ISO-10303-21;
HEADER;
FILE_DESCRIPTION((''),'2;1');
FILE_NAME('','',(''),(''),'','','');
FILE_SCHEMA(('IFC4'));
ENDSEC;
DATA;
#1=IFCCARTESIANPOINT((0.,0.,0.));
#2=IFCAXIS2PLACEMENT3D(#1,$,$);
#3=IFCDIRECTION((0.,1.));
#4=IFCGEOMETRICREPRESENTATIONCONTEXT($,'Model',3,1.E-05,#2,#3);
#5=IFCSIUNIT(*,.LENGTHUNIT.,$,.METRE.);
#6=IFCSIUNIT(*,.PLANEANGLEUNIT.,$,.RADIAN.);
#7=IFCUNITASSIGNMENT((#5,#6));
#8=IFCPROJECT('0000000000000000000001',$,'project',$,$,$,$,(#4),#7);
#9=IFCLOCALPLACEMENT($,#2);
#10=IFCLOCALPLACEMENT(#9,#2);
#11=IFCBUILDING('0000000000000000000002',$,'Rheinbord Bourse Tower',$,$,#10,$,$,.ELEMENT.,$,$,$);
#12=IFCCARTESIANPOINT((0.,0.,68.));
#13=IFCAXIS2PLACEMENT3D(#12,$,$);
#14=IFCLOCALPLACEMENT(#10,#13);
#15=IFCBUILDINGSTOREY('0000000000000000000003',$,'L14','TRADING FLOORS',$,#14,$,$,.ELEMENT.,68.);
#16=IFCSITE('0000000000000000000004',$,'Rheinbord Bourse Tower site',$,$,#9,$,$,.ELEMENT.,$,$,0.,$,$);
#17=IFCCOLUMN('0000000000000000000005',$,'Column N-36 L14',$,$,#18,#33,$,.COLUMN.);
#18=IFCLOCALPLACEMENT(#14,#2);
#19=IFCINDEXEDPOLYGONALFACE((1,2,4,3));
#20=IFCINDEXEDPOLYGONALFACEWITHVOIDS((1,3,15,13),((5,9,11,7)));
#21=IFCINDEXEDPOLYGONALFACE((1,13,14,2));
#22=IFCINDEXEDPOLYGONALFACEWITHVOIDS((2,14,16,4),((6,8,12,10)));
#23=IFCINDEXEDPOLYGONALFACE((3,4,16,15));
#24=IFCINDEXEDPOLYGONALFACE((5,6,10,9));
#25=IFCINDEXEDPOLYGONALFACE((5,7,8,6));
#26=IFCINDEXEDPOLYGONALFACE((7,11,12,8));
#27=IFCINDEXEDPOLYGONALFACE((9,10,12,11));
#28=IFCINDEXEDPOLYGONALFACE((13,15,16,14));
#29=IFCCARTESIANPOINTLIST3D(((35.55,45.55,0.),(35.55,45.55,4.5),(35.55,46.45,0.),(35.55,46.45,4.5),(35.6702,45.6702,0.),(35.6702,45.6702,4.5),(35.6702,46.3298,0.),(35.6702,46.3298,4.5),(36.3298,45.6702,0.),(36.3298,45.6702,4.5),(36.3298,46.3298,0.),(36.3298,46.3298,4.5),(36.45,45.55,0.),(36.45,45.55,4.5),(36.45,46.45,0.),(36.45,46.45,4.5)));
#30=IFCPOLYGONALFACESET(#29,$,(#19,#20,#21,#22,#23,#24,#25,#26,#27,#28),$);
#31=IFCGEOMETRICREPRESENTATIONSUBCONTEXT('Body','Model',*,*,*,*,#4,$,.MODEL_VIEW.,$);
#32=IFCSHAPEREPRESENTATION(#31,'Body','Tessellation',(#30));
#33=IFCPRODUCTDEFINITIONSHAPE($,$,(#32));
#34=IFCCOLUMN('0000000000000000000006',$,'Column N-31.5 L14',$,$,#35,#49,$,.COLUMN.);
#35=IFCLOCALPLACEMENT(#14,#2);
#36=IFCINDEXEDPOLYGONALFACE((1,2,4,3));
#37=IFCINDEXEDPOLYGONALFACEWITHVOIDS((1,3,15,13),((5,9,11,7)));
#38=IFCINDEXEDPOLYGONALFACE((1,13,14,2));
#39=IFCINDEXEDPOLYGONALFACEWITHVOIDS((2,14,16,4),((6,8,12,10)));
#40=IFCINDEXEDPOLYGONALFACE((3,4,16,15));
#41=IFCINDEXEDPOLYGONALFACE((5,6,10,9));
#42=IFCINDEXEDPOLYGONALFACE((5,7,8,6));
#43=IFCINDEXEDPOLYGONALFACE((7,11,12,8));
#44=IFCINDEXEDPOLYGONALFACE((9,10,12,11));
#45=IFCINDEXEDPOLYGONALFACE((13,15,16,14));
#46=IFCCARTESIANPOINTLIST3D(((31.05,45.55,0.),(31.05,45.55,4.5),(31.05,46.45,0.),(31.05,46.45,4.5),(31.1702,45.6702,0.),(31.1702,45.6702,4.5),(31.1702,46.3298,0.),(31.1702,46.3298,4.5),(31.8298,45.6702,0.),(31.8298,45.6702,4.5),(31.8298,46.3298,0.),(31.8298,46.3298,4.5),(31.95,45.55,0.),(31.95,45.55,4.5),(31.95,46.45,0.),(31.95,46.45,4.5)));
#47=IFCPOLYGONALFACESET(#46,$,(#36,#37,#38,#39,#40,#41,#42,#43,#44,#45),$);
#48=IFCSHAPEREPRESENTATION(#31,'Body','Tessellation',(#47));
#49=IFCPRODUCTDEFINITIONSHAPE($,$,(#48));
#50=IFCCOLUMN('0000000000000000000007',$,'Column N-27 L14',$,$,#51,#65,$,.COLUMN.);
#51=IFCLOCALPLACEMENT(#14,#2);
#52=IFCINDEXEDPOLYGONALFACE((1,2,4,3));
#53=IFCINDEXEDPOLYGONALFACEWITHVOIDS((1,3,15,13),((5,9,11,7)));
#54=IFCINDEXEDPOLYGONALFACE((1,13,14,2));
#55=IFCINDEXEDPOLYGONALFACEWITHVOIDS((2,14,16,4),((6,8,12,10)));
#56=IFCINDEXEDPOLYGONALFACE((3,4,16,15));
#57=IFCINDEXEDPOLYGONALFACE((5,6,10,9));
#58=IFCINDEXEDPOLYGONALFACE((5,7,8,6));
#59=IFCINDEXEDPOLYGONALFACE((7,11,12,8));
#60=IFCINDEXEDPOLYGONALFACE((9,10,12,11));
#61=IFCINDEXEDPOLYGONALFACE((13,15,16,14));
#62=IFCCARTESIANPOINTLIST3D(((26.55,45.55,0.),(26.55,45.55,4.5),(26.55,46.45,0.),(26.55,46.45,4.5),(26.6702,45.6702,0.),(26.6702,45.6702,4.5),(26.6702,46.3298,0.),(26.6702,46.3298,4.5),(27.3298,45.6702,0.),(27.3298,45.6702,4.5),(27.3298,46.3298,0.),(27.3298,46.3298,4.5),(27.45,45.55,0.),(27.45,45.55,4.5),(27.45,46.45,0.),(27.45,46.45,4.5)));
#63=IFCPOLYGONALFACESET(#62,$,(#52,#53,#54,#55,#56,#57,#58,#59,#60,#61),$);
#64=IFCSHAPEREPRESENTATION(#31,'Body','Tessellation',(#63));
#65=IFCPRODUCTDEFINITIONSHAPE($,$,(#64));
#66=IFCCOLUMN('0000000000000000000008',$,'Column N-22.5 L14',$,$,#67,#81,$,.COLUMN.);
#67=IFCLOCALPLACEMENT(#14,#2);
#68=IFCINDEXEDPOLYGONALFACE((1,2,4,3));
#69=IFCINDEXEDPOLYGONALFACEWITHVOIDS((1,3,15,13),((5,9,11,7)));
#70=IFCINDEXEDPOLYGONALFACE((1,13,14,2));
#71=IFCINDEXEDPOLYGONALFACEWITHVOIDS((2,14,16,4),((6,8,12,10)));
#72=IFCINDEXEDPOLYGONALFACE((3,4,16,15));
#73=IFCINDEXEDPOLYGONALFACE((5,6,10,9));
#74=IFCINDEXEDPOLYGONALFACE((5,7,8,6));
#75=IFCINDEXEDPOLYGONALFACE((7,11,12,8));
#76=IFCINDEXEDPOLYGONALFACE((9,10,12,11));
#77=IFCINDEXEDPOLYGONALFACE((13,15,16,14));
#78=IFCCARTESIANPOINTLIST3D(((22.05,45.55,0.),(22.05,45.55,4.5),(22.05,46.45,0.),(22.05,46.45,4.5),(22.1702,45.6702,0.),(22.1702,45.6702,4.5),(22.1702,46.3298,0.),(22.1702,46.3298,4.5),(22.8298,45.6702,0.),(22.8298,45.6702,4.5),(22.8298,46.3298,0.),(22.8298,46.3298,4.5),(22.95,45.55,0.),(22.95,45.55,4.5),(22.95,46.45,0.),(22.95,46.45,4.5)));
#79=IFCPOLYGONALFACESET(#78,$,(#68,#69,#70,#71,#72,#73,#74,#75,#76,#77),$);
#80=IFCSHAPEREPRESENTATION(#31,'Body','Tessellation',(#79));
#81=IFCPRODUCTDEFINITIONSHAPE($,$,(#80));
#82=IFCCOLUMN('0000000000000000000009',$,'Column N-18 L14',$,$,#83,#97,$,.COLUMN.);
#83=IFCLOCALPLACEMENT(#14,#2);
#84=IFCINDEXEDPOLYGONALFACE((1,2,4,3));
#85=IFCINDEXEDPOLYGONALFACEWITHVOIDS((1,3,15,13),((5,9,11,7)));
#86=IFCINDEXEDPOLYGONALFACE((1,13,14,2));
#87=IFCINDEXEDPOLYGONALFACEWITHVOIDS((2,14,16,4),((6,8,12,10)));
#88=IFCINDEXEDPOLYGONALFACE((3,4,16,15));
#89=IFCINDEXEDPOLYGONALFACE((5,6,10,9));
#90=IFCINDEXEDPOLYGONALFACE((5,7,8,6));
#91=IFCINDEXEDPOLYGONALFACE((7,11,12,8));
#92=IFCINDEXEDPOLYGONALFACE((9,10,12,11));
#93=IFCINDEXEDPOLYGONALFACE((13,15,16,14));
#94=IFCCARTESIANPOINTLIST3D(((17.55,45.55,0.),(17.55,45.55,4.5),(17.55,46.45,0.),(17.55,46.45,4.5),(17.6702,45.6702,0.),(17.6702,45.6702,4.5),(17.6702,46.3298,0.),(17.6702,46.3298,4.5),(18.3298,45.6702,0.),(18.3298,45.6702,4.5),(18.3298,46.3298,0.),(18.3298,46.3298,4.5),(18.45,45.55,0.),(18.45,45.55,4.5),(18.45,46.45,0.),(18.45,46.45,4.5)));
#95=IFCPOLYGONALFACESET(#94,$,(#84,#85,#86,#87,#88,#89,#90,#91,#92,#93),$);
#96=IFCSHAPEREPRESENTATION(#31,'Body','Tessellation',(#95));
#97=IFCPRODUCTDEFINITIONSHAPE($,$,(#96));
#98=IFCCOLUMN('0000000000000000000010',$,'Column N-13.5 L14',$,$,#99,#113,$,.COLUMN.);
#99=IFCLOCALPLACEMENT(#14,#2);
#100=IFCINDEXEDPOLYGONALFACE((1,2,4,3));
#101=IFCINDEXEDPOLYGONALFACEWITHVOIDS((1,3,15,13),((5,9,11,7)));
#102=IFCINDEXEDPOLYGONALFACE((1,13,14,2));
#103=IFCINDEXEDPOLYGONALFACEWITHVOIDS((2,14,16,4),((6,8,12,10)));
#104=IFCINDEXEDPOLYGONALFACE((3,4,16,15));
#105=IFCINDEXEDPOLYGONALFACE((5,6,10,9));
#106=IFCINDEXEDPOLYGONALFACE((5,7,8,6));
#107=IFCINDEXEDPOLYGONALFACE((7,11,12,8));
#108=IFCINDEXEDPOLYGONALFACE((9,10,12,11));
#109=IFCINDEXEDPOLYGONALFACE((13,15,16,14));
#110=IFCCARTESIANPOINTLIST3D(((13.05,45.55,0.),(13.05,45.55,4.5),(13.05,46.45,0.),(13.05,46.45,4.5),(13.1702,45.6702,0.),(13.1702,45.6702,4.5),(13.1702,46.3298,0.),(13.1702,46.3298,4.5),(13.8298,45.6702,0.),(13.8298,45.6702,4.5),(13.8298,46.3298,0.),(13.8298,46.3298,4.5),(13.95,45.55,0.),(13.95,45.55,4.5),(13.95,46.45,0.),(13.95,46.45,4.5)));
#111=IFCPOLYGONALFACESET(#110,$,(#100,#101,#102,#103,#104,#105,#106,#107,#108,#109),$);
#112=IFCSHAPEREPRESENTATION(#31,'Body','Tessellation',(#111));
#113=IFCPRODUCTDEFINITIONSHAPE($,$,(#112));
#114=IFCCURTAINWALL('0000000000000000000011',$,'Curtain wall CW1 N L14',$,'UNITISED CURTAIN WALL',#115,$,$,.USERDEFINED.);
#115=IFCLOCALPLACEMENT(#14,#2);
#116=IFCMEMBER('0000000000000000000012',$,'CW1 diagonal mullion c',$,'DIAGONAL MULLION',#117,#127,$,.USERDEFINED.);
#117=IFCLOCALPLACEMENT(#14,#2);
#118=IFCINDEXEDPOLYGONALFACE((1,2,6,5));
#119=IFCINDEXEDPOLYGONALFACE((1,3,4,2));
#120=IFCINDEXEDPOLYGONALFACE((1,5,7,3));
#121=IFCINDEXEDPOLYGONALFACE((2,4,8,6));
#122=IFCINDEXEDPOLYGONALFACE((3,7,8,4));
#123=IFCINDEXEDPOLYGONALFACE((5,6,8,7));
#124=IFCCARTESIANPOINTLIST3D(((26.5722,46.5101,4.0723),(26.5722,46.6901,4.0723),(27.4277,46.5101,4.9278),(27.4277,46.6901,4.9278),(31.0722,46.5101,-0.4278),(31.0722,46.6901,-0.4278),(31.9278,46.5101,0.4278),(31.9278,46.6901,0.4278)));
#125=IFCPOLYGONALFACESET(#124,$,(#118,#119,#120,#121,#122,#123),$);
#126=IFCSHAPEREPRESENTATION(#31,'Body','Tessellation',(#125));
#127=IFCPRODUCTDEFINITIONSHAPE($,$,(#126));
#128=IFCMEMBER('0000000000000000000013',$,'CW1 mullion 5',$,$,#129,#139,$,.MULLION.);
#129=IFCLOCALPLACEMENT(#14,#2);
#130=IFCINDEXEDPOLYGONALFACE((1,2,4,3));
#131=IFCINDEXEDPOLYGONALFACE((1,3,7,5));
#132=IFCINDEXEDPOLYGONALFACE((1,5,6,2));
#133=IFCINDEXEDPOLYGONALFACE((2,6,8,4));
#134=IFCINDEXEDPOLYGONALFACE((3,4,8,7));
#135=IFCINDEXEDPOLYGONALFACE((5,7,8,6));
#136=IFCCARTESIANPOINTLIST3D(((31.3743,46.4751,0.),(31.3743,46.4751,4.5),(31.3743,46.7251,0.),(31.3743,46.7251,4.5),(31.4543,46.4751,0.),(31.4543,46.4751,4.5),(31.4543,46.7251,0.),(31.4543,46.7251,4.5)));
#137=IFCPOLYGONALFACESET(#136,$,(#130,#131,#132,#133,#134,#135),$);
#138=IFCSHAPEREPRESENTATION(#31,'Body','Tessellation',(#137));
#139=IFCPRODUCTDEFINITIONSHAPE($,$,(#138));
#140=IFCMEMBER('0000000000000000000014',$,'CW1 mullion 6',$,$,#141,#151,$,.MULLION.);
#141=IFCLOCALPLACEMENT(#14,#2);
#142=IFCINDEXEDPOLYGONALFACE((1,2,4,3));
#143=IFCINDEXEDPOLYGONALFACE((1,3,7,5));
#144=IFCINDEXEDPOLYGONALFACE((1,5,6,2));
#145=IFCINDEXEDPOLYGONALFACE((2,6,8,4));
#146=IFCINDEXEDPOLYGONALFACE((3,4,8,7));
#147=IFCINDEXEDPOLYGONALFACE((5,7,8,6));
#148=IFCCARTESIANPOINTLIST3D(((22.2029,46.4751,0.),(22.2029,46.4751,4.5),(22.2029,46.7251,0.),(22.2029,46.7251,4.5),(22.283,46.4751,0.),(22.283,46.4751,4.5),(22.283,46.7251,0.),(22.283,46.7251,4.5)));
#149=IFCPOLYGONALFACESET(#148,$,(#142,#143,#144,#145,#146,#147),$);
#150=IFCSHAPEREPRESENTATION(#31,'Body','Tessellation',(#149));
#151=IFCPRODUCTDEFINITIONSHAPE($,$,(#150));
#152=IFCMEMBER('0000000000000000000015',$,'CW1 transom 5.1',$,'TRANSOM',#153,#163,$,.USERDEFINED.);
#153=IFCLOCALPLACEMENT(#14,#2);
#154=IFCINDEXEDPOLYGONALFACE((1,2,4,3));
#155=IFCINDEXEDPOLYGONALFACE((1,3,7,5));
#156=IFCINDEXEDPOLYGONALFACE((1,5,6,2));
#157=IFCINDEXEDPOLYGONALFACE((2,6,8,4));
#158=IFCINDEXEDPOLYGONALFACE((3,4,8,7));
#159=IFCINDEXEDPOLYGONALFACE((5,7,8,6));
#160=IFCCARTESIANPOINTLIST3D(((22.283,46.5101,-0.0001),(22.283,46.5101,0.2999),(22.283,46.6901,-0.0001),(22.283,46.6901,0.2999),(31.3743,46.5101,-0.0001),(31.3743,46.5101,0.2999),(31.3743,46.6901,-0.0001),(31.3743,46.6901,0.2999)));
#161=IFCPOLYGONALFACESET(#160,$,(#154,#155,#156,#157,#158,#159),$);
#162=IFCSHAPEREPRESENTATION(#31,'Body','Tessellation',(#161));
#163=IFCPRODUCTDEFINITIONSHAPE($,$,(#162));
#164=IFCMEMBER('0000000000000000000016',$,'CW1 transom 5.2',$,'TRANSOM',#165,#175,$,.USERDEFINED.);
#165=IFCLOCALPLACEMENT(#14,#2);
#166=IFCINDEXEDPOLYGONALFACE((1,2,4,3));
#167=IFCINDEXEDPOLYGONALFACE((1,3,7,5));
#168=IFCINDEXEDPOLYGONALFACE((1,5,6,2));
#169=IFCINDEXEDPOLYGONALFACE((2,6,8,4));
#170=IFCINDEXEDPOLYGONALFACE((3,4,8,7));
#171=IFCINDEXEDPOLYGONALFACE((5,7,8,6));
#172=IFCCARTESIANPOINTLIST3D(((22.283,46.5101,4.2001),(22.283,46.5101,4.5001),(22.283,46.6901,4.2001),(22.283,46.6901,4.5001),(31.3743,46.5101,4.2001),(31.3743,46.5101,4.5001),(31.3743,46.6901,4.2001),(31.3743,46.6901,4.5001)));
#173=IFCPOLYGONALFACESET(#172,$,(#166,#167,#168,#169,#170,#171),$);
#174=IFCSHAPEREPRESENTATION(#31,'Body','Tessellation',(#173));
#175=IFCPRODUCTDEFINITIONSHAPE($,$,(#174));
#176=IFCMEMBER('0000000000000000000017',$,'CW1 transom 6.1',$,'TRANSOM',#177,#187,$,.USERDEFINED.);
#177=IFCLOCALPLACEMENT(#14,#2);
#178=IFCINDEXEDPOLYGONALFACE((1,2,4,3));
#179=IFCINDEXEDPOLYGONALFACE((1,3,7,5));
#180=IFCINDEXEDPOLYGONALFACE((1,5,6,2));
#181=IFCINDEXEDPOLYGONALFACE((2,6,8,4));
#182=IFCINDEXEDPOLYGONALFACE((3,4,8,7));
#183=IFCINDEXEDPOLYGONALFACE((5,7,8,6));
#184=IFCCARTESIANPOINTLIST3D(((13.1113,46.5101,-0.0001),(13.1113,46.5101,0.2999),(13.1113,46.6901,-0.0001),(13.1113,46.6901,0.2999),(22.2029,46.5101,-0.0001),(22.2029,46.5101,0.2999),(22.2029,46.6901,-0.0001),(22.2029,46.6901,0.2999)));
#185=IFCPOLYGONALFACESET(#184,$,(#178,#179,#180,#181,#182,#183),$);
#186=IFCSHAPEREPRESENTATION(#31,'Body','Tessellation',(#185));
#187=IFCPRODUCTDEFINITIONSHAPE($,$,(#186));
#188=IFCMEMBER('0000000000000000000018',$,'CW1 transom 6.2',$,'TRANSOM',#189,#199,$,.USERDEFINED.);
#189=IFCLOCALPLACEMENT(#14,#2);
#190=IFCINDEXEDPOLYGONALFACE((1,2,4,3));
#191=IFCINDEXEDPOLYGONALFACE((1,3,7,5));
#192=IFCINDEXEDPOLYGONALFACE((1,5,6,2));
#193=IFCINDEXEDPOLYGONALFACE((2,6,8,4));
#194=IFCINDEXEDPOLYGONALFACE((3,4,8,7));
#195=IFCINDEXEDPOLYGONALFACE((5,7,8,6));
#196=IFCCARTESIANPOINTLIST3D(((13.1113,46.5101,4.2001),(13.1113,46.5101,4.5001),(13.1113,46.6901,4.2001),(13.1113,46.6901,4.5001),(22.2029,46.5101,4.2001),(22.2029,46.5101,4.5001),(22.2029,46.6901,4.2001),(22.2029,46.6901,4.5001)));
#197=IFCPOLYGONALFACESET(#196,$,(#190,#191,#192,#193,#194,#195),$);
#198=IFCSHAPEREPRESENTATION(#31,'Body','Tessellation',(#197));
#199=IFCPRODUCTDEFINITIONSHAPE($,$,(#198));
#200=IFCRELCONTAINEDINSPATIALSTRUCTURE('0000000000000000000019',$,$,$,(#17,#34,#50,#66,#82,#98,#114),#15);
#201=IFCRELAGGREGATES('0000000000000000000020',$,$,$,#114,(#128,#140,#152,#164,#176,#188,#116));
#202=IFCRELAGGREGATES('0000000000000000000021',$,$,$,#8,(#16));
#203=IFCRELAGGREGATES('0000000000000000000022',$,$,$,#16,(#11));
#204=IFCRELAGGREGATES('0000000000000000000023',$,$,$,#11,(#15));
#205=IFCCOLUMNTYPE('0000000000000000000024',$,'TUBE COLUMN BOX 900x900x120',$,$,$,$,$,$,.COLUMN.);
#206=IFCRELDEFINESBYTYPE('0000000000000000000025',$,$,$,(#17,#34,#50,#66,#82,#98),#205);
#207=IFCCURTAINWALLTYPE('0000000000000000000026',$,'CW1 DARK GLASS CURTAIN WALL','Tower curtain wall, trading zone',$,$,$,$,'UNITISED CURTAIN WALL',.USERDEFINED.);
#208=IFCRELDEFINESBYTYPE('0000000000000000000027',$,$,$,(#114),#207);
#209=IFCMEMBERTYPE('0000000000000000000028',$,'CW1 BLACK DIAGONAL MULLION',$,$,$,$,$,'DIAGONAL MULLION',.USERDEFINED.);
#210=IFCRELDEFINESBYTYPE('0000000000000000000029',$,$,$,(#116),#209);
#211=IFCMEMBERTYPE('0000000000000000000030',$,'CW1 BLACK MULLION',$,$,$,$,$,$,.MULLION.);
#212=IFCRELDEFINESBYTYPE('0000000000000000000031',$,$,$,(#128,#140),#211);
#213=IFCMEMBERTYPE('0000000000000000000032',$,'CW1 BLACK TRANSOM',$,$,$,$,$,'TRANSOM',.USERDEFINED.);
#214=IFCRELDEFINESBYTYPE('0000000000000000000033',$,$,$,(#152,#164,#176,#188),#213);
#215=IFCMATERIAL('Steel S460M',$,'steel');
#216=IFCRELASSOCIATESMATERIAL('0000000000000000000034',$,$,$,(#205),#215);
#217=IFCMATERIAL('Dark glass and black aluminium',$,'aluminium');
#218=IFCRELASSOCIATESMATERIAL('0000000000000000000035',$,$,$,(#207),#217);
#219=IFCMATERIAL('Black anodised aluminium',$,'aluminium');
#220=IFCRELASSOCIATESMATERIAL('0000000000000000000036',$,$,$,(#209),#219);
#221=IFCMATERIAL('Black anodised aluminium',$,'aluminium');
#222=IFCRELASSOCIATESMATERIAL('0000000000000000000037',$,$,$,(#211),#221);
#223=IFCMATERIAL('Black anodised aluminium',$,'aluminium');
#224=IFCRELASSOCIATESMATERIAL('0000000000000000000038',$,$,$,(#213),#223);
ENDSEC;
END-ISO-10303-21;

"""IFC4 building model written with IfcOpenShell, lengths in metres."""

from ifc_helpers import new_model, si_unit, direction, frame, origin, origin_2d, place, context, subcontext, project, spatial, rectangle, hollow_rectangle, extrude, material, material_profile, profile_set, type_object, element, aggregate, save


model = new_model("IFC4")

# Units and contexts
model_context = context("Model", 3, precision=1e-05, world=origin(), true_north=direction((0.0, 1.0)))
body_context = subcontext(model_context, "Body", "Model", "MODEL_VIEW")
ifc_project = project(units=[si_unit("LENGTHUNIT", "METRE"), si_unit("PLANEANGLEUNIT", "RADIAN")], contexts=[model_context])

# Site, building, storey
site_placement = place(None, origin())
site = spatial("IfcSite", under=ifc_project, at=site_placement, Name="Rheinbord Bourse Tower site", CompositionType="ELEMENT", RefElevation=0.0)
building_placement = place(site_placement, origin())
building = spatial("IfcBuilding", under=site, at=building_placement, Name="Rheinbord Bourse Tower", CompositionType="ELEMENT")
storey_placement = place(building_placement, frame((0.0, 0.0, 68.0)))
storey = spatial("IfcBuildingStorey", under=building, at=storey_placement, Name="L14", Description="TRADING FLOORS", CompositionType="ELEMENT", Elevation=68.0)

# Columns
ifc_material_1 = material(Name="Steel S460M", Category="steel")
ifc_material_profile_1 = material_profile(ifc_material_1, hollow_rectangle(XDim=0.8999, YDim=0.8999, WallThickness=0.1201, at=origin_2d()), Name="BOX 900x900x120")
ifc_profile_set_1 = profile_set([ifc_material_profile_1], Name="Steel S460M")
column_type = type_object("IfcColumnType", Name="TUBE COLUMN BOX 900x900x120", PredefinedType="COLUMN", material=ifc_profile_set_1)
for number, where, z_axis, x_axis, name in (
    (1, (36.0, 46.0, 0.0), (0.0, 0.0, 1.0), (0.0, 1.0, 0.0), "Column N-36 L14"),
    (2, (31.5, 46.0, 0.0), (0.0, 0.0, 1.0), (0.0, 1.0, 0.0), "Column N-31.5 L14"),
    (3, (27.0, 46.0, 0.0), (0.0, 0.0, 1.0), (0.0, 1.0, 0.0), "Column N-27 L14"),
    (4, (22.5, 46.0, 0.0), (0.0, 0.0, 1.0), (0.0, 1.0, 0.0), "Column N-22.5 L14"),
    (5, (18.0, 46.0, 0.0), (0.0, 0.0, 1.0), (0.0, 1.0, 0.0), "Column N-18 L14"),
    (6, (13.5, 46.0, 0.0), (0.0, 0.0, 1.0), (0.0, 1.0, 0.0), "Column N-13.5 L14"),
):
    element("IfcColumn", number, at=place(storey_placement, frame(where, z_axis=z_axis, x_axis=x_axis)), inside=storey, type_object=column_type, Name=name, PredefinedType="COLUMN", context=body_context, shape_type="SweptSolid", body=[
        extrude(hollow_rectangle(XDim=0.8999, YDim=0.8999, WallThickness=0.1201, at=origin_2d()), origin(), (0.0, 0.0, 1.0), 4.5),
    ])

# Curtain wall, members
ifc_material_2 = material(Name="Dark glass and black aluminium", Category="aluminium")
curtain_wall_type = type_object("IfcCurtainWallType", Name="CW1 DARK GLASS CURTAIN WALL", Description="Tower curtain wall, trading zone", ElementType="UNITISED CURTAIN WALL", PredefinedType="USERDEFINED", material=ifc_material_2)
curtain_wall_placement = place(storey_placement, origin())
curtain_wall = element("IfcCurtainWall", 7, at=curtain_wall_placement, inside=storey, type_object=curtain_wall_type, Name="Curtain wall CW1 N L14", ObjectType="UNITISED CURTAIN WALL", PredefinedType="USERDEFINED")
ifc_material_3 = material(Name="Black anodised aluminium", Category="aluminium")
ifc_material_profile_2 = material_profile(ifc_material_3, rectangle(XDim=0.1799, YDim=1.21, at=origin_2d()), Name="CW1 DIAGONAL MULLION 1210x180")
ifc_profile_set_2 = profile_set([ifc_material_profile_2], Name="Black anodised aluminium")
member_type_1 = type_object("IfcMemberType", Name="CW1 BLACK DIAGONAL MULLION", ElementType="DIAGONAL MULLION", PredefinedType="USERDEFINED", material=ifc_profile_set_2)
member_1_placement = place(storey_placement, frame((31.5, 46.6001, 0.0), z_axis=(-0.707107, 0.0, 0.707107), x_axis=(0.0, -1.0, 0.0)))
member_1 = element("IfcMember", 8, at=member_1_placement, type_object=member_type_1, Name="CW1 diagonal mullion c", ObjectType="DIAGONAL MULLION", PredefinedType="USERDEFINED", context=body_context, shape_type="SweptSolid", body=[
    extrude(rectangle(XDim=0.1799, YDim=1.21, at=origin_2d()), origin(), (0.0, 0.0, 1.0), 6.364),
])
ifc_material_4 = material(Name="Black anodised aluminium", Category="aluminium")
ifc_material_profile_3 = material_profile(ifc_material_4, rectangle(XDim=0.25, YDim=0.0801, at=origin_2d()), Name="CW1 MULLION 80x250")
ifc_profile_set_3 = profile_set([ifc_material_profile_3], Name="Black anodised aluminium")
member_type_2 = type_object("IfcMemberType", Name="CW1 BLACK MULLION", PredefinedType="MULLION", material=ifc_profile_set_3)
member_2_placement = place(storey_placement, frame((31.4143, 46.6001, 0.0), z_axis=(0.0, 0.0, 1.0), x_axis=(0.0, -1.0, 0.0)))
member_2 = element("IfcMember", 9, at=member_2_placement, type_object=member_type_2, Name="CW1 mullion 5", PredefinedType="MULLION", context=body_context, shape_type="SweptSolid", body=[
    extrude(rectangle(XDim=0.25, YDim=0.0801, at=origin_2d()), origin(), (0.0, 0.0, 1.0), 4.5),
])
member_3_placement = place(storey_placement, frame((22.2429, 46.6001, 0.0), z_axis=(0.0, 0.0, 1.0), x_axis=(0.0, -1.0, 0.0)))
member_3 = element("IfcMember", 10, at=member_3_placement, type_object=member_type_2, Name="CW1 mullion 6", PredefinedType="MULLION", context=body_context, shape_type="SweptSolid", body=[
    extrude(rectangle(XDim=0.25, YDim=0.0801, at=origin_2d()), origin(), (0.0, 0.0, 1.0), 4.5),
])
ifc_material_5 = material(Name="Black anodised aluminium", Category="aluminium")
ifc_material_profile_4 = material_profile(ifc_material_5, rectangle(XDim=0.1799, YDim=0.3, at=origin_2d()), Name="CW1 TRANSOM 300x180")
ifc_profile_set_4 = profile_set([ifc_material_profile_4], Name="Black anodised aluminium")
member_type_3 = type_object("IfcMemberType", Name="CW1 BLACK TRANSOM", ElementType="TRANSOM", PredefinedType="USERDEFINED", material=ifc_profile_set_4)
member_4_placement = place(storey_placement, frame((31.3743, 46.6001, 0.1499), z_axis=(-1.0, 0.0, 0.0), x_axis=(0.0, -1.0, 0.0)))
member_4 = element("IfcMember", 11, at=member_4_placement, type_object=member_type_3, Name="CW1 transom 5.1", ObjectType="TRANSOM", PredefinedType="USERDEFINED", context=body_context, shape_type="SweptSolid", body=[
    extrude(rectangle(XDim=0.1799, YDim=0.3, at=origin_2d()), origin(), (0.0, 0.0, 1.0), 9.0913),
])
member_5_placement = place(storey_placement, frame((31.3743, 46.6001, 4.3501), z_axis=(-1.0, 0.0, 0.0), x_axis=(0.0, -1.0, 0.0)))
member_5 = element("IfcMember", 12, at=member_5_placement, type_object=member_type_3, Name="CW1 transom 5.2", ObjectType="TRANSOM", PredefinedType="USERDEFINED", context=body_context, shape_type="SweptSolid", body=[
    extrude(rectangle(XDim=0.1799, YDim=0.3, at=origin_2d()), origin(), (0.0, 0.0, 1.0), 9.0913),
])
member_6_placement = place(storey_placement, frame((22.2029, 46.6001, 0.1499), z_axis=(-1.0, 0.0, 0.0), x_axis=(0.0, -1.0, 0.0)))
member_6 = element("IfcMember", 13, at=member_6_placement, type_object=member_type_3, Name="CW1 transom 6.1", ObjectType="TRANSOM", PredefinedType="USERDEFINED", context=body_context, shape_type="SweptSolid", body=[
    extrude(rectangle(XDim=0.1799, YDim=0.3, at=origin_2d()), origin(), (0.0, 0.0, 1.0), 9.0916),
])
member_7_placement = place(storey_placement, frame((22.2029, 46.6001, 4.3501), z_axis=(-1.0, 0.0, 0.0), x_axis=(0.0, -1.0, 0.0)))
member_7 = element("IfcMember", 14, at=member_7_placement, type_object=member_type_3, Name="CW1 transom 6.2", ObjectType="TRANSOM", PredefinedType="USERDEFINED", context=body_context, shape_type="SweptSolid", body=[
    extrude(rectangle(XDim=0.1799, YDim=0.3, at=origin_2d()), origin(), (0.0, 0.0, 1.0), 9.0916),
])

aggregate(curtain_wall, [member_2, member_3, member_4, member_5, member_6, member_7, member_1])

save(model, "model.ifc")
